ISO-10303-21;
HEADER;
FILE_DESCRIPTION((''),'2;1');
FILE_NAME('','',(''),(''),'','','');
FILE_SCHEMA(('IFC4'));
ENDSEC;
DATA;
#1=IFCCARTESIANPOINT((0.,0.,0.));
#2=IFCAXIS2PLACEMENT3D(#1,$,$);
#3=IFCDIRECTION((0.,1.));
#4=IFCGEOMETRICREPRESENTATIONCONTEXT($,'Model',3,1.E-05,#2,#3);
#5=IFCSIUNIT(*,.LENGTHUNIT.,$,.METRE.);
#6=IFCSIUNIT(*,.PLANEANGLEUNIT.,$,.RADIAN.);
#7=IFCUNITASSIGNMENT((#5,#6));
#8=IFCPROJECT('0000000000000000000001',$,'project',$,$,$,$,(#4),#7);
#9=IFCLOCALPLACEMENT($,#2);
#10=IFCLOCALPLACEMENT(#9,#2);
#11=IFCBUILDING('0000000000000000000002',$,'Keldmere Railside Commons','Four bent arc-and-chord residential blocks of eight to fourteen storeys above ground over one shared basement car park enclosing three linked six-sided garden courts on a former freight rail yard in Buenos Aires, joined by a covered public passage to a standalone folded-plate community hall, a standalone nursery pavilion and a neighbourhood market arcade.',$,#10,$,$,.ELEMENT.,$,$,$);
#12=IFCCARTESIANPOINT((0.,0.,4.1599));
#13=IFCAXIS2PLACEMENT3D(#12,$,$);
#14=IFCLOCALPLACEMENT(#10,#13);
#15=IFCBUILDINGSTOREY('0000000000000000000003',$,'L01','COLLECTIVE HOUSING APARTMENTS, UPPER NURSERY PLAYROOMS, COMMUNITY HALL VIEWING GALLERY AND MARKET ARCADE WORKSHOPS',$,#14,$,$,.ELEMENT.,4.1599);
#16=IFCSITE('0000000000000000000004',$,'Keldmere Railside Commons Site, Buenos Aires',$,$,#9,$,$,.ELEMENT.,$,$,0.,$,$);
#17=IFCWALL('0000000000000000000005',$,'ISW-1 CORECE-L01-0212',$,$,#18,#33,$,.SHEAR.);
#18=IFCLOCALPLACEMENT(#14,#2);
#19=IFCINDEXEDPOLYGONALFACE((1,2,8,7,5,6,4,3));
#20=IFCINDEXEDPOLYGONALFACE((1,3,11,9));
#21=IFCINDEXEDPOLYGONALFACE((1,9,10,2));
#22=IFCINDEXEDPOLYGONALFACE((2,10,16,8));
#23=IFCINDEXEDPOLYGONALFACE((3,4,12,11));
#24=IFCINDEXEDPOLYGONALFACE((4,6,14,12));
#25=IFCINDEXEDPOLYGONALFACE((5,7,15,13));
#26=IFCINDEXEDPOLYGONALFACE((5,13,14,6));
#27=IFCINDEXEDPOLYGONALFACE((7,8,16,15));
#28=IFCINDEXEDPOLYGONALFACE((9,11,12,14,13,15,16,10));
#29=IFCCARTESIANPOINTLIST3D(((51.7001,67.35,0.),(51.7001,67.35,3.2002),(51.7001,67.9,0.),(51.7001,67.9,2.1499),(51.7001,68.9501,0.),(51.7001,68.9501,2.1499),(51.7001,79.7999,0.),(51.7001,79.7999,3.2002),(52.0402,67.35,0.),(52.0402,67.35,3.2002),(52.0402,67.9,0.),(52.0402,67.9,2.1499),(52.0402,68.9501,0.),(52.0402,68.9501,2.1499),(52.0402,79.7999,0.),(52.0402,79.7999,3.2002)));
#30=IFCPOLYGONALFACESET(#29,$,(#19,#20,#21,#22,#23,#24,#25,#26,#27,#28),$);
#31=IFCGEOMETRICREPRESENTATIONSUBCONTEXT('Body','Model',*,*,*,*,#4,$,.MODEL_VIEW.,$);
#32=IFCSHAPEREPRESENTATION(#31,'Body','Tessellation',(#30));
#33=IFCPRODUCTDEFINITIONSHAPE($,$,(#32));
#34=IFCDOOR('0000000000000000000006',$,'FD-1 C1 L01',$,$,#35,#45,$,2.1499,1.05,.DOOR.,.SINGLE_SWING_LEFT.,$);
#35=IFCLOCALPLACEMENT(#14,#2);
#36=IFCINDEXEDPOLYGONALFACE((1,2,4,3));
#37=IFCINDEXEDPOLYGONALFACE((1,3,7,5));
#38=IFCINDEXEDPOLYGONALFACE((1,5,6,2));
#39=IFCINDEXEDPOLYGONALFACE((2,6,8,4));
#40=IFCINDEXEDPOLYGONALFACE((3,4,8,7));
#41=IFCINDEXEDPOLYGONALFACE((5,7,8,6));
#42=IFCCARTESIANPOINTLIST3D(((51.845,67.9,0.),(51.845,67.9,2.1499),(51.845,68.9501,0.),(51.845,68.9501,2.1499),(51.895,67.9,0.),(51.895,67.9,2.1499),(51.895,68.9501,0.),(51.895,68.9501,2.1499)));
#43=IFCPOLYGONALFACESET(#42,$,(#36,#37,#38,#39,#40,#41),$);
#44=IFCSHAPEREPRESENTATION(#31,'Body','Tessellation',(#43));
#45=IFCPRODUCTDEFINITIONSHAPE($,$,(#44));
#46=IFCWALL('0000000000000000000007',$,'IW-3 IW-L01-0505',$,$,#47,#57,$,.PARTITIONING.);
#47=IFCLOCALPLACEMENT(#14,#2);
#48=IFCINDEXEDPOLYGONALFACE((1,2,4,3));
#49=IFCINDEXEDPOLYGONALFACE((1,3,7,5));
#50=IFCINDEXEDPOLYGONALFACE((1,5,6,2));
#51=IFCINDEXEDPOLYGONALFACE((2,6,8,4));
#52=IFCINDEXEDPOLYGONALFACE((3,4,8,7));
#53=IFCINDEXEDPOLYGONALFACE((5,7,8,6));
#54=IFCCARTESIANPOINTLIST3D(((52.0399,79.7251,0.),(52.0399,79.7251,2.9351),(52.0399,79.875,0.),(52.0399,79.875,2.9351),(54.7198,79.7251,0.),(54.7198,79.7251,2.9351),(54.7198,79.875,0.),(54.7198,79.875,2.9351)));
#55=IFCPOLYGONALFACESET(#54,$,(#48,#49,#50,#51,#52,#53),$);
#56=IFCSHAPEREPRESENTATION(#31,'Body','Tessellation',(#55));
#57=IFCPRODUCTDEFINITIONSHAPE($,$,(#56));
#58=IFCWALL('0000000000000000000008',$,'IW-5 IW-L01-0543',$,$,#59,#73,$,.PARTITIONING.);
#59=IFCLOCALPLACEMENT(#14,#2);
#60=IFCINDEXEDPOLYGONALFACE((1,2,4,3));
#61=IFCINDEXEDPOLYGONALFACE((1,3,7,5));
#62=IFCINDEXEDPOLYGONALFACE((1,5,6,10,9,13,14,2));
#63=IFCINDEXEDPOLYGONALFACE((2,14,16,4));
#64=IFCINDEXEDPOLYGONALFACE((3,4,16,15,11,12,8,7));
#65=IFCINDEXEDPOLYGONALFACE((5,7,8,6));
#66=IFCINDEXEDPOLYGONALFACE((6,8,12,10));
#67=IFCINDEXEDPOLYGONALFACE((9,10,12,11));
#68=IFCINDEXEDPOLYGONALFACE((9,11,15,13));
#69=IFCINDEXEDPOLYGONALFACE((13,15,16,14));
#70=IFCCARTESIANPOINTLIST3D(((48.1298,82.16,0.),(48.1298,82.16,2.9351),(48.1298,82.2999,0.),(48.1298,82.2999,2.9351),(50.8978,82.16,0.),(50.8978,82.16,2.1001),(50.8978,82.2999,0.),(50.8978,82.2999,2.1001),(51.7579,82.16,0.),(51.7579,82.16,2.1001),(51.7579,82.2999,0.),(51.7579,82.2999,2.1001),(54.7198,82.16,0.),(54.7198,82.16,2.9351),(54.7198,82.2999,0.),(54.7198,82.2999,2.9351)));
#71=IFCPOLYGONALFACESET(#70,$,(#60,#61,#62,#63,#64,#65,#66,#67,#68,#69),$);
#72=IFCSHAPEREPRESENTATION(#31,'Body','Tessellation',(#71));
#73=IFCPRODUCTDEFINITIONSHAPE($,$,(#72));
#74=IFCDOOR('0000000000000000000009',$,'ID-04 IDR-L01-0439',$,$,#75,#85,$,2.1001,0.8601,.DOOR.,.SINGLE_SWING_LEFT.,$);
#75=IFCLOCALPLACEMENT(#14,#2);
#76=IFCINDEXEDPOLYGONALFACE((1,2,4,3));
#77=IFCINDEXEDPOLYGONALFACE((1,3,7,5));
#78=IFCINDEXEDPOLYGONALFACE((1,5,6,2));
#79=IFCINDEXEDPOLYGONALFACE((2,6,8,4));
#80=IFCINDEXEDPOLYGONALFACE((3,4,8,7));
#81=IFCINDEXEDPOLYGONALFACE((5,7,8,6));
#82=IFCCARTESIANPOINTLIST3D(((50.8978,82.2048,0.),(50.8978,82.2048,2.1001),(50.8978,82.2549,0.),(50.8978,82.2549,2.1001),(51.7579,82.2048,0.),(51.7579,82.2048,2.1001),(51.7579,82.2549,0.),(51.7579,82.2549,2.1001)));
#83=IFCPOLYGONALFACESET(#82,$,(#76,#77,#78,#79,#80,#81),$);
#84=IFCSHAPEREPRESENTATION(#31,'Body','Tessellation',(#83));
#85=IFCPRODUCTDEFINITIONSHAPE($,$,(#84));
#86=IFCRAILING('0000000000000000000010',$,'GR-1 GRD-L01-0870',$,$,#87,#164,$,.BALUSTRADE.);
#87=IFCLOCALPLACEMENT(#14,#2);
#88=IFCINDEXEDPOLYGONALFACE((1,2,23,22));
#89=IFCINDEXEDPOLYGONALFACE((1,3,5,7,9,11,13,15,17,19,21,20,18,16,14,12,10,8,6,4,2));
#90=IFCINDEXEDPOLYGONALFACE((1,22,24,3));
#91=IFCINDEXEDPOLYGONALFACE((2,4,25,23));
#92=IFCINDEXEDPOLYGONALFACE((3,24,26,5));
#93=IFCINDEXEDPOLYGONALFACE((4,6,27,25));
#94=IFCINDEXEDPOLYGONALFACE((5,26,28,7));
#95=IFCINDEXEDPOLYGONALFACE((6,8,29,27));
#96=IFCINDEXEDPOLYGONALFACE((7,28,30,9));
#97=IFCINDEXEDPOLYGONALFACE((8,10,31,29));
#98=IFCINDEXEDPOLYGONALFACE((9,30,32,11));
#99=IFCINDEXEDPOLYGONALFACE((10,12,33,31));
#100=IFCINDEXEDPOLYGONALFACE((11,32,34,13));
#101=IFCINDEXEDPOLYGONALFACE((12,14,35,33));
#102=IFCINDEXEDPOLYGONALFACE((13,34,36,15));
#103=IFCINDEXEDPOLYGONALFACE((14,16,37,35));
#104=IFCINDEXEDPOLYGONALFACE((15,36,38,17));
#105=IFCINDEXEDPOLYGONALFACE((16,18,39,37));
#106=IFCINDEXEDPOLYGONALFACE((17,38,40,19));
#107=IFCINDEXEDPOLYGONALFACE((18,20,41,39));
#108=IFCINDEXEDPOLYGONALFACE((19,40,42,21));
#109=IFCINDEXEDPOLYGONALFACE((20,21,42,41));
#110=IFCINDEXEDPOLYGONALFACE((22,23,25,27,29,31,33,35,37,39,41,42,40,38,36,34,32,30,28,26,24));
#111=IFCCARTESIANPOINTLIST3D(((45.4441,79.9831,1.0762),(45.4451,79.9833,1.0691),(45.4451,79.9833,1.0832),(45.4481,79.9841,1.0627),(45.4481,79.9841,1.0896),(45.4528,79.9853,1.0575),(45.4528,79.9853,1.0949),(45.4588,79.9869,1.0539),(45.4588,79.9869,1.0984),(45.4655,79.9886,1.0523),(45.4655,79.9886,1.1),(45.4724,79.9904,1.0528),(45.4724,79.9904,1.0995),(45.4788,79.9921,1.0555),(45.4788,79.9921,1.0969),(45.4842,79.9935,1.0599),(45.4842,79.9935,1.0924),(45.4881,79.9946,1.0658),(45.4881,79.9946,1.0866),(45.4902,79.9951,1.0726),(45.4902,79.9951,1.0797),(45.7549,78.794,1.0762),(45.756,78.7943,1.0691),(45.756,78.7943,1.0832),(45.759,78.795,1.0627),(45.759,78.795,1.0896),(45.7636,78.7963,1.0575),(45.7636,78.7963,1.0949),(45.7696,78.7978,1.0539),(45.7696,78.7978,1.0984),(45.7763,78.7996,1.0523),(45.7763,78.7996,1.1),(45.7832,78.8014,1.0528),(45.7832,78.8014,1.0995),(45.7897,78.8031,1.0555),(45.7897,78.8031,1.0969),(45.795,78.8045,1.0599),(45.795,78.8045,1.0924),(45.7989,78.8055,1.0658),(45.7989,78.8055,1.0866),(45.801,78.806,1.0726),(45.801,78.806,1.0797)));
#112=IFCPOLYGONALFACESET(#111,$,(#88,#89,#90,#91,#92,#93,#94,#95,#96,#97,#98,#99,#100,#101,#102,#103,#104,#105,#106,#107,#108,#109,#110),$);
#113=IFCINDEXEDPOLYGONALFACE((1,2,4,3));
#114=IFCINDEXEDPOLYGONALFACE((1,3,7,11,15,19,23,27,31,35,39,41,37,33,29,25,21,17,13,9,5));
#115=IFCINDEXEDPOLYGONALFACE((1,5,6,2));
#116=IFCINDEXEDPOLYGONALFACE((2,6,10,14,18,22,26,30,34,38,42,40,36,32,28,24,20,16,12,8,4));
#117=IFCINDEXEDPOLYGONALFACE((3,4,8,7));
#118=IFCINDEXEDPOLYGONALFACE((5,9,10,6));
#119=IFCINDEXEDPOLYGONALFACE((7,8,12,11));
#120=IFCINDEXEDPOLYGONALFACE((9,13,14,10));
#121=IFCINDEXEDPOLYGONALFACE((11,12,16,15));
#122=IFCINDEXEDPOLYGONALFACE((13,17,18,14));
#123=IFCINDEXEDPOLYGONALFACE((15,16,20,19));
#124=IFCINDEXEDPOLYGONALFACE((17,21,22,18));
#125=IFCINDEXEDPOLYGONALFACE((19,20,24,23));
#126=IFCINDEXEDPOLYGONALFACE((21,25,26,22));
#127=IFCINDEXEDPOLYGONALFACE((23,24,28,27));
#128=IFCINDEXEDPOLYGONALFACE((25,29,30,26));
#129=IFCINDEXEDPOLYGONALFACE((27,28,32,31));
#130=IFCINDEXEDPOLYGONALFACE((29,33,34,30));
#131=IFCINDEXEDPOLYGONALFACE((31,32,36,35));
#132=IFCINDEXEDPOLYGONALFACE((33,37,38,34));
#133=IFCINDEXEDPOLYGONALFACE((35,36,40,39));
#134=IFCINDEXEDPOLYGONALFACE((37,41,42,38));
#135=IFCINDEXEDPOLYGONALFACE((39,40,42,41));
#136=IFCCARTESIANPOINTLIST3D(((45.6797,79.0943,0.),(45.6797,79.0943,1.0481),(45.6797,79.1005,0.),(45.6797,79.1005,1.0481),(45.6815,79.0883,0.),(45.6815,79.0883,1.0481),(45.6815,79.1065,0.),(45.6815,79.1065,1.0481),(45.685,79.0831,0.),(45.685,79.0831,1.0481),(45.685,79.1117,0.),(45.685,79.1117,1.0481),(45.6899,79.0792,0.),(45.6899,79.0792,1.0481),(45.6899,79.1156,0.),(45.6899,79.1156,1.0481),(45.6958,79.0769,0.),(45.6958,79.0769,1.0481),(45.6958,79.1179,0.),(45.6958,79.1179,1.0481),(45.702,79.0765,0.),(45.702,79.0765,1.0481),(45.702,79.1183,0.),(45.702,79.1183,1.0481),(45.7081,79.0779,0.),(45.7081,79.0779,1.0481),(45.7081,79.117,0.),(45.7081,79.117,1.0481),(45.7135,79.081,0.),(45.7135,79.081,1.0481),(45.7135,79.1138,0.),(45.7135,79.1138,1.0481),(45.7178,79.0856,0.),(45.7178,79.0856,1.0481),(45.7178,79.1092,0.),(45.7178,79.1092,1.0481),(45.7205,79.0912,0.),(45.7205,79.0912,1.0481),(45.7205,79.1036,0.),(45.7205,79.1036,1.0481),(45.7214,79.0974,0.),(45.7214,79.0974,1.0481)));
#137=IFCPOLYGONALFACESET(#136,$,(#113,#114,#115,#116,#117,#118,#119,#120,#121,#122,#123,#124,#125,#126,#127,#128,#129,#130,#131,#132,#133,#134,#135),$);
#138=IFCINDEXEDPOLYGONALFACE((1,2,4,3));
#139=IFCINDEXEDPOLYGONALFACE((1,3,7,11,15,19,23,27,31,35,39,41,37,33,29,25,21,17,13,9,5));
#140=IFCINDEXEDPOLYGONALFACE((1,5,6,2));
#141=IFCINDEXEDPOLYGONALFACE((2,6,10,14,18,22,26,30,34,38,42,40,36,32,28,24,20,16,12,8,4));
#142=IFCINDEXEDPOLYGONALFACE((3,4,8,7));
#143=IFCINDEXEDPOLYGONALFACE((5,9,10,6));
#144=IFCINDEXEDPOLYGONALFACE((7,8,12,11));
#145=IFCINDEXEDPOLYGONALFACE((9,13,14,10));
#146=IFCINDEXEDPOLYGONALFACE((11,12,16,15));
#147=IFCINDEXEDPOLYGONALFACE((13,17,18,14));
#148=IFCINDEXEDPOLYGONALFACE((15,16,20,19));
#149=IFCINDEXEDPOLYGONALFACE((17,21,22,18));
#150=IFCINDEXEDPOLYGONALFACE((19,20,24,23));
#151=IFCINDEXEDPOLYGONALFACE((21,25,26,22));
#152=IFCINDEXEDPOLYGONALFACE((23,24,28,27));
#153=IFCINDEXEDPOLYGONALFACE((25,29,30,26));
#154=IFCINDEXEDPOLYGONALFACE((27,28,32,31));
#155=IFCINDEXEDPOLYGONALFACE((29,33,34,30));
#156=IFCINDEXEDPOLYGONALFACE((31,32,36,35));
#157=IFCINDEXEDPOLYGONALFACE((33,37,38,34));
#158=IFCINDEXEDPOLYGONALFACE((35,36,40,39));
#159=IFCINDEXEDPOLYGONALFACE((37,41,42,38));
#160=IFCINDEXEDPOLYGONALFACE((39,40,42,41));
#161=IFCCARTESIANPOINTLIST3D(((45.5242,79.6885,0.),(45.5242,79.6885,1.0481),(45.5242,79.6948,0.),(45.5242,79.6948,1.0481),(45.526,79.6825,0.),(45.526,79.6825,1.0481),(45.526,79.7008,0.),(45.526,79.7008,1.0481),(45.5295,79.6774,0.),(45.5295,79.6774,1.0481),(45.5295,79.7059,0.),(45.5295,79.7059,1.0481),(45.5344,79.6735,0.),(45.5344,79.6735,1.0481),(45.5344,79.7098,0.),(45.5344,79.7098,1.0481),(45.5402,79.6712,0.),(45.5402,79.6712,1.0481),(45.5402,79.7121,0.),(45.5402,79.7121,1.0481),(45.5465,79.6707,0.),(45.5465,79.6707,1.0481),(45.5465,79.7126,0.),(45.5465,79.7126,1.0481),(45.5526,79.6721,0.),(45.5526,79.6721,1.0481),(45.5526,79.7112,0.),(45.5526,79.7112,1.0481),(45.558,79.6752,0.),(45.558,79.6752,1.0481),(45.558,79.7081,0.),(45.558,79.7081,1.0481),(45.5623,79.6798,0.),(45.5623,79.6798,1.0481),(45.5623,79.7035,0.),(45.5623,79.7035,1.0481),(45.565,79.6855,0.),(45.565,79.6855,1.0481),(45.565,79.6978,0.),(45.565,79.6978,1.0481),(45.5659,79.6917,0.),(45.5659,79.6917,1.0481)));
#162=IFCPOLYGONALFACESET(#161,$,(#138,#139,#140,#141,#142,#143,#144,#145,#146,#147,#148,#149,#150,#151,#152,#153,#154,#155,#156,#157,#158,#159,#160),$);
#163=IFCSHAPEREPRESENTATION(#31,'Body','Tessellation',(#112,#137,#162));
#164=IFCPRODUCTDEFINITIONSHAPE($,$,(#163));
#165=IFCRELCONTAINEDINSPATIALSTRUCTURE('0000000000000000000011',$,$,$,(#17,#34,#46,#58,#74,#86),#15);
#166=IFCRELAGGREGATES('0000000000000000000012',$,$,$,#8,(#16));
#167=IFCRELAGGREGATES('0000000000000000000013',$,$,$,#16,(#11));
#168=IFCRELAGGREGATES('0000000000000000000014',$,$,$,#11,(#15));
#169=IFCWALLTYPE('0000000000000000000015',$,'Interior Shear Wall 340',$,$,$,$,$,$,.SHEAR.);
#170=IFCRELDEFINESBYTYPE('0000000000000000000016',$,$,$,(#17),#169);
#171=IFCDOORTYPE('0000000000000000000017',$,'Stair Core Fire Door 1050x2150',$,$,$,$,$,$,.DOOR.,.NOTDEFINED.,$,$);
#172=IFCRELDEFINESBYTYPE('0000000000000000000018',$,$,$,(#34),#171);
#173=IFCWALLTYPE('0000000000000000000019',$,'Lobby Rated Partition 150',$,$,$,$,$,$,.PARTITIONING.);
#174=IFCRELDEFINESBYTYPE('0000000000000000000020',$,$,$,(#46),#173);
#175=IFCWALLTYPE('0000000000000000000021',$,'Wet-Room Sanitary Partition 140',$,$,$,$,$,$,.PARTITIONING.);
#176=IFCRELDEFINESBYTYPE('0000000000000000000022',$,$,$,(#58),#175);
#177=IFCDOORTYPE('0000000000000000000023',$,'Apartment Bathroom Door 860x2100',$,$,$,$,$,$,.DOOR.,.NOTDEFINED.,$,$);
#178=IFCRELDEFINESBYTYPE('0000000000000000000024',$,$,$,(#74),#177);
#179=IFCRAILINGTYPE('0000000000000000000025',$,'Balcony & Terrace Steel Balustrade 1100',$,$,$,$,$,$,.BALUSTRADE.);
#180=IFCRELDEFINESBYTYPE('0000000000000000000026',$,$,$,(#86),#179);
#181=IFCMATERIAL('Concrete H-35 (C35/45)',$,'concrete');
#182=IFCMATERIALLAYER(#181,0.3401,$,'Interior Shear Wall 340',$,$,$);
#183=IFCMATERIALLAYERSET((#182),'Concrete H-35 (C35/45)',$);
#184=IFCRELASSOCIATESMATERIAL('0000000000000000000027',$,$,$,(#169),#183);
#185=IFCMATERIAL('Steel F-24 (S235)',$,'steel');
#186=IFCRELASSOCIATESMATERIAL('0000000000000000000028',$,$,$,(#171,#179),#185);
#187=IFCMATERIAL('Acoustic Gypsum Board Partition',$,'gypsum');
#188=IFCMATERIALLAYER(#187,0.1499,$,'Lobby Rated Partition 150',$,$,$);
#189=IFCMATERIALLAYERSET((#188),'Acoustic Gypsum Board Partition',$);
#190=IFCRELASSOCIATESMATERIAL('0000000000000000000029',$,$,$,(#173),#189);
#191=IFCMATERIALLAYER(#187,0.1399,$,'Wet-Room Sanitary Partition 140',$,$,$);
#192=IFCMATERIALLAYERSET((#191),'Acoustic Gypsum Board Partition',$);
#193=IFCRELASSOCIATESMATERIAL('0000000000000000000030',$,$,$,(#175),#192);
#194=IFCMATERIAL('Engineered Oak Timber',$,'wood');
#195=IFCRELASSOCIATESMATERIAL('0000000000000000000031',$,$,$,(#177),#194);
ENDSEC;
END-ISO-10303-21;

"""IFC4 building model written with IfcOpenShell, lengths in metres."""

from ifc_helpers import new_model, si_unit, direction, frame, frame_2d, origin, origin_2d, place, context, subcontext, project, spatial, rectangle, circle, extrude, material, layer, layer_set, type_object, element, fill, save


model = new_model("IFC4")

# Units and contexts
model_context = context("Model", 3, precision=1e-05, world=origin(), true_north=direction((0.0, 1.0)))
body_context = subcontext(model_context, "Body", "Model", "MODEL_VIEW")
ifc_project = project(units=[si_unit("LENGTHUNIT", "METRE"), si_unit("PLANEANGLEUNIT", "RADIAN")], contexts=[model_context])

# Site, building, storey
site_placement = place(None, origin())
site = spatial("IfcSite", under=ifc_project, at=site_placement, Name="Keldmere Railside Commons Site, Buenos Aires", CompositionType="ELEMENT", RefElevation=0.0)
building_placement = place(site_placement, origin())
building = spatial("IfcBuilding", under=site, at=building_placement, Name="Keldmere Railside Commons", Description="Four bent arc-and-chord residential blocks of eight to fourteen storeys above ground over one shared basement car park enclosing three linked six-sided garden courts on a former freight rail yard in Buenos Aires, joined by a covered public passage to a standalone folded-plate community hall, a standalone nursery pavilion and a neighbourhood market arcade.", CompositionType="ELEMENT")
storey_placement = place(building_placement, frame((0.0, 0.0, 4.1599)))
storey = spatial("IfcBuildingStorey", under=building, at=storey_placement, Name="L01", Description="COLLECTIVE HOUSING APARTMENTS, UPPER NURSERY PLAYROOMS, COMMUNITY HALL VIEWING GALLERY AND MARKET ARCADE WORKSHOPS", CompositionType="ELEMENT", Elevation=4.1599)

# Shared definitions
ifc_material_1 = material(Name="Acoustic Gypsum Board Partition", Category="gypsum")
ifc_material_2 = material(Name="Engineered Oak Timber", Category="wood")

# Shared definitions
ifc_material_3 = material(Name="Concrete H-35 (C35/45)", Category="concrete")

# Wall, opening, door
ifc_layer_1 = layer(ifc_material_3, 0.3401, Name="Interior Shear Wall 340")
ifc_layer_set_1 = layer_set([ifc_layer_1], Name="Concrete H-35 (C35/45)")
wall_type_1 = type_object("IfcWallType", Name="Interior Shear Wall 340", PredefinedType="SHEAR", material=ifc_layer_set_1)
wall_1_placement = place(storey_placement, frame((51.8701, 79.8, 0.0), z_axis=(0.0, 0.0, 1.0), x_axis=(0.0, -1.0, 0.0)))
wall_1 = element("IfcWall", 1, at=wall_1_placement, inside=storey, type_object=wall_type_1, Name="ISW-1 CORECE-L01-0212", PredefinedType="SHEAR", context=body_context, shape_type="SweptSolid", body=[
    extrude(rectangle(XDim=12.45, YDim=0.3401, at=frame_2d((6.2251, 0.0))), origin(), (0.0, 0.0, 1.0), 3.2002),
])
opening_1_placement = place(wall_1_placement, frame((10.8501, 0.0, 0.0)))
opening_1 = element("IfcOpeningElement", 2, at=opening_1_placement, cuts=wall_1, PredefinedType="OPENING", context=body_context, shape_type="SweptSolid", body=[
    extrude(rectangle(XDim=1.05, YDim=2.1499, at=frame_2d((0.5249, 1.075))), frame((0.0, 0.1799, 0.0), z_axis=(0.0, -1.0, 0.0), x_axis=(1.0, 0.0, 0.0)), (0.0, 0.0, 1.0), 0.3601),
])
ifc_material_4 = material(Name="Steel F-24 (S235)", Category="steel")
door_type_1 = type_object("IfcDoorType", Name="Stair Core Fire Door 1050x2150", OperationType="NOTDEFINED", PredefinedType="DOOR", material=ifc_material_4)
door_1_placement = place(opening_1_placement, origin())
door_1 = element("IfcDoor", 3, at=door_1_placement, inside=storey, type_object=door_type_1, Name="FD-1 C1 L01", OperationType="SINGLE_SWING_LEFT", OverallHeight=2.1499, OverallWidth=1.05, PredefinedType="DOOR", context=body_context, shape_type="SweptSolid", body=[
    extrude(rectangle(XDim=1.05, YDim=2.1499, at=frame_2d((0.5249, 1.075))), frame((0.0, 0.0249, 0.0), z_axis=(0.0, -1.0, 0.0), x_axis=(1.0, 0.0, 0.0)), (0.0, 0.0, 1.0), 0.05),
])
fill(opening_1, door_1)

# Wall
ifc_layer_2 = layer(ifc_material_1, 0.1499, Name="Lobby Rated Partition 150")
ifc_layer_set_2 = layer_set([ifc_layer_2], Name="Acoustic Gypsum Board Partition")
wall_type_2 = type_object("IfcWallType", Name="Lobby Rated Partition 150", PredefinedType="PARTITIONING", material=ifc_layer_set_2)
wall_2_placement = place(storey_placement, frame((52.04, 79.8, 0.0), z_axis=(0.0, 0.0, 1.0), x_axis=(1.0, 0.0, 0.0)))
element("IfcWall", 4, at=wall_2_placement, inside=storey, type_object=wall_type_2, Name="IW-3 IW-L01-0505", PredefinedType="PARTITIONING", context=body_context, shape_type="SweptSolid", body=[
    extrude(rectangle(XDim=2.6799, YDim=0.1499, at=frame_2d((1.3398, 0.0))), origin(), (0.0, 0.0, 1.0), 2.9351),
])

# Wall, opening, door
ifc_layer_3 = layer(ifc_material_1, 0.1399, Name="Wet-Room Sanitary Partition 140")
ifc_layer_set_3 = layer_set([ifc_layer_3], Name="Acoustic Gypsum Board Partition")
wall_type_3 = type_object("IfcWallType", Name="Wet-Room Sanitary Partition 140", PredefinedType="PARTITIONING", material=ifc_layer_set_3)
wall_3_placement = place(storey_placement, frame((48.1299, 82.23, 0.0), z_axis=(0.0, 0.0, 1.0), x_axis=(1.0, 0.0, 0.0)))
wall_3 = element("IfcWall", 5, at=wall_3_placement, inside=storey, type_object=wall_type_3, Name="IW-5 IW-L01-0543", PredefinedType="PARTITIONING", context=body_context, shape_type="SweptSolid", body=[
    extrude(rectangle(XDim=6.5901, YDim=0.1399, at=frame_2d((3.2949, 0.0))), origin(), (0.0, 0.0, 1.0), 2.9351),
])
opening_2_placement = place(wall_3_placement, frame((2.7678, 0.0, 0.0)))
opening_2 = element("IfcOpeningElement", 6, at=opening_2_placement, cuts=wall_3, PredefinedType="OPENING", context=body_context, shape_type="SweptSolid", body=[
    extrude(rectangle(XDim=0.8601, YDim=2.1001, at=frame_2d((0.4302, 1.05))), frame((0.0, 0.0798, 0.0), z_axis=(0.0, -1.0, 0.0), x_axis=(1.0, 0.0, 0.0)), (0.0, 0.0, 1.0), 0.1599),
])
door_type_2 = type_object("IfcDoorType", Name="Apartment Bathroom Door 860x2100", OperationType="NOTDEFINED", PredefinedType="DOOR", material=ifc_material_2)
door_2_placement = place(opening_2_placement, origin())
door_2 = element("IfcDoor", 7, at=door_2_placement, inside=storey, type_object=door_type_2, Name="ID-04 IDR-L01-0439", OperationType="SINGLE_SWING_LEFT", OverallHeight=2.1001, OverallWidth=0.8601, PredefinedType="DOOR", context=body_context, shape_type="SweptSolid", body=[
    extrude(rectangle(XDim=0.8601, YDim=2.1001, at=frame_2d((0.4302, 1.05))), frame((0.0, 0.0249, 0.0), z_axis=(0.0, -1.0, 0.0), x_axis=(1.0, 0.0, 0.0)), (0.0, 0.0, 1.0), 0.05),
])
fill(opening_2, door_2)

# Railing
railing_type = type_object("IfcRailingType", Name="Balcony & Terrace Steel Balustrade 1100", PredefinedType="BALUSTRADE", material=ifc_material_4)
railing_1_placement = place(storey_placement, frame((45.7781, 78.8, 0.0)))
element("IfcRailing", 8, at=railing_1_placement, inside=storey, type_object=railing_type, Name="GR-1 GRD-L01-0870", PredefinedType="BALUSTRADE", context=body_context, shape_type="SweptSolid", body=[
    extrude(circle(Radius=0.0239, at=origin_2d()), frame((0.0, 0.0, 1.0762), z_axis=(-0.252899, 0.967493, 0.0), x_axis=(-0.967493, -0.252899, 0.0)), (0.0, 0.0, 1.0), 1.229),
    extrude(circle(Radius=0.021, at=origin_2d()), frame((-0.0776, 0.2974, 0.0)), (0.0, 0.0, 1.0), 1.0481),
    extrude(circle(Radius=0.021, at=origin_2d()), frame((-0.2332, 0.8916, 0.0)), (0.0, 0.0, 1.0), 1.0481),
])

save(model, "model.ifc")
